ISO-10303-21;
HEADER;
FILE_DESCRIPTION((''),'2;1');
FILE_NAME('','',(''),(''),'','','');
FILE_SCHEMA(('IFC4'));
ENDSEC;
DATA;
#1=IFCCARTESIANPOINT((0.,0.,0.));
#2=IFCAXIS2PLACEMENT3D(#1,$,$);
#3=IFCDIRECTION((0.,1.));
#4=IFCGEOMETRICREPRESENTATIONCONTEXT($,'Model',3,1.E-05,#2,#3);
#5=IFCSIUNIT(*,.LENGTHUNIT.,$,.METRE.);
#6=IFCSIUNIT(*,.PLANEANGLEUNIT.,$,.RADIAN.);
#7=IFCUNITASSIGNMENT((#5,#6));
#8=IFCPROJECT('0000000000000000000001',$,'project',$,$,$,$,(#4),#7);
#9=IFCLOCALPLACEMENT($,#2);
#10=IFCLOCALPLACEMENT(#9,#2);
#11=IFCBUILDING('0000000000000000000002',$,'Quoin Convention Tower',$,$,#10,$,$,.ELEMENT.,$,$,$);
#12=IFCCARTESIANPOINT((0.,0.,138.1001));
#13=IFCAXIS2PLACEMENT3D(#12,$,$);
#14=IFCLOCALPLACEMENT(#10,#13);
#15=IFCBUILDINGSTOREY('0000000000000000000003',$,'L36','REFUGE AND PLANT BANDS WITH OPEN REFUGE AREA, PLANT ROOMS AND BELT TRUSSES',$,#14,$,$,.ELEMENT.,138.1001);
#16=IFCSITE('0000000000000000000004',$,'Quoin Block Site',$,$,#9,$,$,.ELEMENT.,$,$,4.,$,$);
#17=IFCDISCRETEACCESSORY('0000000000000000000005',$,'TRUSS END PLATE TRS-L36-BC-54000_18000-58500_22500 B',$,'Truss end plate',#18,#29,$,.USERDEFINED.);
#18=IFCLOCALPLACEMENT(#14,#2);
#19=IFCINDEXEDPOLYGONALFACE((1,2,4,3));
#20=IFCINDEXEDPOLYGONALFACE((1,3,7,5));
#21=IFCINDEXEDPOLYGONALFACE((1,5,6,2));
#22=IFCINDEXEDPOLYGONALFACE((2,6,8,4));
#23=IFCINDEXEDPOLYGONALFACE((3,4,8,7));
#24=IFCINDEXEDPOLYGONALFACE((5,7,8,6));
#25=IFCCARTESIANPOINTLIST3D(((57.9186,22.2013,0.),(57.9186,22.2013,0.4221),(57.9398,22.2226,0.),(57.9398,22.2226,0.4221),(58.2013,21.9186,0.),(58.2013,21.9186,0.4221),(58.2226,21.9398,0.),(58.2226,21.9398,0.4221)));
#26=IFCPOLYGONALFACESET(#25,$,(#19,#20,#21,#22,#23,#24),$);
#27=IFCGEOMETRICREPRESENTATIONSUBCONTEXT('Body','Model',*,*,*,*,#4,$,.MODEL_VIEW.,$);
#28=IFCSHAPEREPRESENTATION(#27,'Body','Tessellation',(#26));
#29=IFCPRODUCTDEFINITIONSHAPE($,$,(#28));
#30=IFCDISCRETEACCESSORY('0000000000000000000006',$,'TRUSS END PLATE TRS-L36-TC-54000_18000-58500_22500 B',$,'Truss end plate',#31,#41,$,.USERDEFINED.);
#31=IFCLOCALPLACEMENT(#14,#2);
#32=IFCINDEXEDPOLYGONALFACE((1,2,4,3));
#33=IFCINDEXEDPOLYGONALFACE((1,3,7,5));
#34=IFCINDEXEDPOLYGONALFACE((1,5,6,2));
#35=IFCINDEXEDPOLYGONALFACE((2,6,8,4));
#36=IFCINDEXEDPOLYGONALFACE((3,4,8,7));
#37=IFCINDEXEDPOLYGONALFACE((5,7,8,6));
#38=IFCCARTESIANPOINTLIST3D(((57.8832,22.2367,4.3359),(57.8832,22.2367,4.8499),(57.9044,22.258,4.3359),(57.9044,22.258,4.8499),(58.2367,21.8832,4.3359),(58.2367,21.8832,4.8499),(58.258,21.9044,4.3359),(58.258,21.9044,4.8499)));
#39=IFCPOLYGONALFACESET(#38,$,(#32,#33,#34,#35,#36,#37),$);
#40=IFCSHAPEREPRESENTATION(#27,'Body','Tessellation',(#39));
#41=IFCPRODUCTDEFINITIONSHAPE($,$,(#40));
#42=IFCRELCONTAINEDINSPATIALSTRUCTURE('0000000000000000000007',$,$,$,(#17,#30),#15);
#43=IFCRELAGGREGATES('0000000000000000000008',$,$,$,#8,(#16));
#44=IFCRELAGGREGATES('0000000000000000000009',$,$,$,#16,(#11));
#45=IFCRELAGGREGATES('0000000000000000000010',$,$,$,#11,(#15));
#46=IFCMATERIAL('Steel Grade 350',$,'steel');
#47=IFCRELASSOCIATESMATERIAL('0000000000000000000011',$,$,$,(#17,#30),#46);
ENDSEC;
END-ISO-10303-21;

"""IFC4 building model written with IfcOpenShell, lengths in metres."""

from ifc_helpers import new_model, si_unit, direction, frame, origin, origin_2d, place, context, subcontext, project, spatial, rectangle, extrude, material, element, save


model = new_model("IFC4")

# Units and contexts
model_context = context("Model", 3, precision=1e-05, world=origin(), true_north=direction((0.0, 1.0)))
body_context = subcontext(model_context, "Body", "Model", "MODEL_VIEW")
ifc_project = project(units=[si_unit("LENGTHUNIT", "METRE"), si_unit("PLANEANGLEUNIT", "RADIAN")], contexts=[model_context])

# Site, building, storey
site_placement = place(None, origin())
site = spatial("IfcSite", under=ifc_project, at=site_placement, Name="Quoin Block Site", CompositionType="ELEMENT", RefElevation=4.0)
building_placement = place(site_placement, origin())
building = spatial("IfcBuilding", under=site, at=building_placement, Name="Quoin Convention Tower", CompositionType="ELEMENT")
storey_placement = place(building_placement, frame((0.0, 0.0, 138.1001)))
storey = spatial("IfcBuildingStorey", under=building, at=storey_placement, Name="L36", Description="REFUGE AND PLANT BANDS WITH OPEN REFUGE AREA, PLANT ROOMS AND BELT TRUSSES", CompositionType="ELEMENT", Elevation=138.1001)

# Discrete accessories
ifc_material_1 = material(Name="Steel Grade 350", Category="steel")
discrete_accessory_1_placement = place(storey_placement, frame((58.0706, 22.0706, 0.0), z_axis=(0.0, 0.0, 1.0), x_axis=(0.707107, 0.707107, 0.0)))
element("IfcDiscreteAccessory", 1, at=discrete_accessory_1_placement, inside=storey, material=ifc_material_1, Name="TRUSS END PLATE TRS-L36-BC-54000_18000-58500_22500 B", ObjectType="Truss end plate", PredefinedType="USERDEFINED", context=body_context, shape_type="SweptSolid", body=[
    extrude(rectangle(XDim=0.03, YDim=0.3999, at=origin_2d()), origin(), (0.0, 0.0, 1.0), 0.4221),
])
discrete_accessory_2_placement = place(storey_placement, frame((58.0706, 22.0706, 4.3359), z_axis=(0.0, 0.0, 1.0), x_axis=(0.707107, 0.707107, 0.0)))
element("IfcDiscreteAccessory", 2, at=discrete_accessory_2_placement, inside=storey, material=ifc_material_1, Name="TRUSS END PLATE TRS-L36-TC-54000_18000-58500_22500 B", ObjectType="Truss end plate", PredefinedType="USERDEFINED", context=body_context, shape_type="SweptSolid", body=[
    extrude(rectangle(XDim=0.03, YDim=0.5, at=origin_2d()), origin(), (0.0, 0.0, 1.0), 0.5139),
])

save(model, "model.ifc")
